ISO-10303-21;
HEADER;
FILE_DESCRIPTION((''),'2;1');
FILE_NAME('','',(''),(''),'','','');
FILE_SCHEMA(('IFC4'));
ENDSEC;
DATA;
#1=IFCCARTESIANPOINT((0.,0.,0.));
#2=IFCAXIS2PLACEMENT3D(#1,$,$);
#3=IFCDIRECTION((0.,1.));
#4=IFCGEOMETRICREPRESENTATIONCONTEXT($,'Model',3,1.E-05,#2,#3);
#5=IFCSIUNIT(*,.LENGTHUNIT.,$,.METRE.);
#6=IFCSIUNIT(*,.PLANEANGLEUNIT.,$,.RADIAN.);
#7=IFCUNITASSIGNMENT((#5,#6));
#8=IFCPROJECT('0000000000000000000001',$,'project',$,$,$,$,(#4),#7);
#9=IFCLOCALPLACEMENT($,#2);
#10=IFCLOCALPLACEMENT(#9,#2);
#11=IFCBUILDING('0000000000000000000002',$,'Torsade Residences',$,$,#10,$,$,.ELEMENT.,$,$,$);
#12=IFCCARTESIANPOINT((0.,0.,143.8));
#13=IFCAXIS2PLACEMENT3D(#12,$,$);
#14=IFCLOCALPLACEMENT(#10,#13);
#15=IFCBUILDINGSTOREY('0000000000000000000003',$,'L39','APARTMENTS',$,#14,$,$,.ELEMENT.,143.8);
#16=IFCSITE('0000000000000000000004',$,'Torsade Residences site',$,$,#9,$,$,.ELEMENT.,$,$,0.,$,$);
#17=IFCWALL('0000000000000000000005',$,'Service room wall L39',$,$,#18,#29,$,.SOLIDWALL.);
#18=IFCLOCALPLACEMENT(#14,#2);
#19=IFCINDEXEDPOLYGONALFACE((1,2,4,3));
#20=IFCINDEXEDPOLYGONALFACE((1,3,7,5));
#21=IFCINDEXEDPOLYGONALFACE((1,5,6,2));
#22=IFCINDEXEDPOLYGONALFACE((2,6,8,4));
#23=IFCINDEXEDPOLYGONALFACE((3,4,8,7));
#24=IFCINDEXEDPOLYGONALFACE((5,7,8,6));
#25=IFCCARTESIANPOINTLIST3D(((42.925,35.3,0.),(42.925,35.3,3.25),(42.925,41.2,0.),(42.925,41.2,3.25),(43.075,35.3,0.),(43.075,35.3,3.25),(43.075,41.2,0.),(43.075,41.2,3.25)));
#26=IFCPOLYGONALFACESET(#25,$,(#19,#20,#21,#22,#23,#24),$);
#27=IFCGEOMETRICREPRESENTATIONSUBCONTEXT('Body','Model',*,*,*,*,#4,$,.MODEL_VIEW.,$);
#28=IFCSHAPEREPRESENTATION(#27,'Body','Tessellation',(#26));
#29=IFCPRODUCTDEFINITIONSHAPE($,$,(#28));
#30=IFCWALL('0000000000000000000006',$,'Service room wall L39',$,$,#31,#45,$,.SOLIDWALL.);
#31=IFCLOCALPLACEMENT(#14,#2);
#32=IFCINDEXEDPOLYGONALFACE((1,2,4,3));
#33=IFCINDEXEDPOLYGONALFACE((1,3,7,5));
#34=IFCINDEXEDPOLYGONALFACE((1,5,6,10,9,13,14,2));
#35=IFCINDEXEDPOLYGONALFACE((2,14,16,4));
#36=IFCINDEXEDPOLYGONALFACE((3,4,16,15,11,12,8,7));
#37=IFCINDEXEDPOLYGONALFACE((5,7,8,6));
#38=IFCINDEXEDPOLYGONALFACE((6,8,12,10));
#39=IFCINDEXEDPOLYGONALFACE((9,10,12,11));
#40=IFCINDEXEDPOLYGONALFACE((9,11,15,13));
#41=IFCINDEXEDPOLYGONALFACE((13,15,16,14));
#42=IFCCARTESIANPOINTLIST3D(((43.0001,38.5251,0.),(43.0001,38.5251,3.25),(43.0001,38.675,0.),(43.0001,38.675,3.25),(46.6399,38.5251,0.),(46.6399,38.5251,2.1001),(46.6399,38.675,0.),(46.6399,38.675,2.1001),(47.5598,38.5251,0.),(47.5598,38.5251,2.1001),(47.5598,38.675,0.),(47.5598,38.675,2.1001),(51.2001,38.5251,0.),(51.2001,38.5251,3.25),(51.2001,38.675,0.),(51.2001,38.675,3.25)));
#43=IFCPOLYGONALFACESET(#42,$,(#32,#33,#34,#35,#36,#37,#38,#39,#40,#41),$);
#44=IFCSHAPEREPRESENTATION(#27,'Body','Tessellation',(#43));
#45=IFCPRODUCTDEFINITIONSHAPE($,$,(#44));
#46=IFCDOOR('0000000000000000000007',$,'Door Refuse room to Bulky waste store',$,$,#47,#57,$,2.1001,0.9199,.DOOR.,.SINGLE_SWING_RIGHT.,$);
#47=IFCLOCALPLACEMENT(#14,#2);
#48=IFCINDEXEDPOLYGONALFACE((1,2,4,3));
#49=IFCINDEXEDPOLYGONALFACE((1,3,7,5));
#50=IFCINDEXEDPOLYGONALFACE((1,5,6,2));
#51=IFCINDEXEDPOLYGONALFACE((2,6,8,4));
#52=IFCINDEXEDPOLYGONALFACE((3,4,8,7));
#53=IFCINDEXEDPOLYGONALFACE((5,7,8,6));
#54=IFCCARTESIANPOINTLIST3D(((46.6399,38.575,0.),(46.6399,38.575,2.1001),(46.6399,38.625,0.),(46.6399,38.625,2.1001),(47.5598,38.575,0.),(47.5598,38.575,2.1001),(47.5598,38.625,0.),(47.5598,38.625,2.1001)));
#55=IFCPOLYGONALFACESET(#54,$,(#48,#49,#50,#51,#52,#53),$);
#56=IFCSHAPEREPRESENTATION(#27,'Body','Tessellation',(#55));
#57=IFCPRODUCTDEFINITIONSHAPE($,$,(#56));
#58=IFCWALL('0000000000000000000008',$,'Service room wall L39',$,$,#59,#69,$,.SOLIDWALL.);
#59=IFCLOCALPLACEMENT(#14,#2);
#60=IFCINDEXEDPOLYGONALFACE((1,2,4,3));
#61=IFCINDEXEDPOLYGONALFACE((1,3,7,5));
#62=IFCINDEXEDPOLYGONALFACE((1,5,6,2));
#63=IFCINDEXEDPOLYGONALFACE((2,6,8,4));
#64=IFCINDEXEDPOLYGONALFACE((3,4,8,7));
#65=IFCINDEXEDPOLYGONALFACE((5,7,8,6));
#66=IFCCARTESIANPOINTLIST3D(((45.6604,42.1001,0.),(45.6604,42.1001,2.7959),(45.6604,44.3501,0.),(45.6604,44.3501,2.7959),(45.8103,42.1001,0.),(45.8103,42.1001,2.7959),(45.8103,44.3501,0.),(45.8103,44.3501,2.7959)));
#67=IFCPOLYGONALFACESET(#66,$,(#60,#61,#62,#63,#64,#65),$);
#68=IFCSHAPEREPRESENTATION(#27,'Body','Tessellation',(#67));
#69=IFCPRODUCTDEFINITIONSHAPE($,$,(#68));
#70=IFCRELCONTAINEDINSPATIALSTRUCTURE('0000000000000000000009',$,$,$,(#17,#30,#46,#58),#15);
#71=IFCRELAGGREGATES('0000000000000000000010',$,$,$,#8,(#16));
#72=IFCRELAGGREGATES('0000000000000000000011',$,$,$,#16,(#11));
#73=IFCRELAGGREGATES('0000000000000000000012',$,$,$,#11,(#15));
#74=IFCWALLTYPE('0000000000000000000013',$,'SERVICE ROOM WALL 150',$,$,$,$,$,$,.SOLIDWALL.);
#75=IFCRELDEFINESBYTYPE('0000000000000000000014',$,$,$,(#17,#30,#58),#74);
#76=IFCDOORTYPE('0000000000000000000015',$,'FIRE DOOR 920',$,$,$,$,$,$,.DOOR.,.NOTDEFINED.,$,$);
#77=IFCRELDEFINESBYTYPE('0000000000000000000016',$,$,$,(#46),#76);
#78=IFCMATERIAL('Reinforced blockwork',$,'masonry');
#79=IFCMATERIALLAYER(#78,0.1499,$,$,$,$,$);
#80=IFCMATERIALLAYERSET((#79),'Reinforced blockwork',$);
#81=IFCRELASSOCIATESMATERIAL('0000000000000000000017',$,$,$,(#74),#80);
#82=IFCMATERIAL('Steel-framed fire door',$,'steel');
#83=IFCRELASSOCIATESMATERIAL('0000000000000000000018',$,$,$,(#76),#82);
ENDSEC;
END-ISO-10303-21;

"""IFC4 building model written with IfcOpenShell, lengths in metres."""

from ifc_helpers import new_model, si_unit, direction, frame, frame_2d, origin, place, context, subcontext, project, spatial, rectangle, extrude, material, layer, layer_set, type_object, element, fill, save


model = new_model("IFC4")

# Units and contexts
model_context = context("Model", 3, precision=1e-05, world=origin(), true_north=direction((0.0, 1.0)))
body_context = subcontext(model_context, "Body", "Model", "MODEL_VIEW")
ifc_project = project(units=[si_unit("LENGTHUNIT", "METRE"), si_unit("PLANEANGLEUNIT", "RADIAN")], contexts=[model_context])

# Site, building, storey
site_placement = place(None, origin())
site = spatial("IfcSite", under=ifc_project, at=site_placement, Name="Torsade Residences site", CompositionType="ELEMENT", RefElevation=0.0)
building_placement = place(site_placement, origin())
building = spatial("IfcBuilding", under=site, at=building_placement, Name="Torsade Residences", CompositionType="ELEMENT")
storey_placement = place(building_placement, frame((0.0, 0.0, 143.8)))
storey = spatial("IfcBuildingStorey", under=building, at=storey_placement, Name="L39", Description="APARTMENTS", CompositionType="ELEMENT", Elevation=143.8)

# Wall
ifc_material_1 = material(Name="Reinforced blockwork", Category="masonry")
ifc_layer_1 = layer(ifc_material_1, 0.1499)
ifc_layer_set_1 = layer_set([ifc_layer_1], Name="Reinforced blockwork")
wall_type_1 = type_object("IfcWallType", Name="SERVICE ROOM WALL 150", PredefinedType="SOLIDWALL", material=ifc_layer_set_1)
wall_1_placement = place(storey_placement, frame((43.0, 41.2, 0.0), z_axis=(0.0, 0.0, 1.0), x_axis=(0.0, -1.0, 0.0)))
element("IfcWall", 1, at=wall_1_placement, inside=storey, type_object=wall_type_1, Name="Service room wall L39", PredefinedType="SOLIDWALL", context=body_context, shape_type="SweptSolid", body=[
    extrude(rectangle(XDim=5.8999, YDim=0.1499, at=frame_2d((2.95, 0.0))), origin(), (0.0, 0.0, 1.0), 3.25),
])

# Wall, opening, door
wall_2_placement = place(storey_placement, frame((43.0, 38.6001, 0.0), z_axis=(0.0, 0.0, 1.0), x_axis=(1.0, 0.0, 0.0)))
wall_2 = element("IfcWall", 2, at=wall_2_placement, inside=storey, type_object=wall_type_1, Name="Service room wall L39", PredefinedType="SOLIDWALL", context=body_context, shape_type="SweptSolid", body=[
    extrude(rectangle(XDim=8.2, YDim=0.1499, at=frame_2d((4.1001, 0.0))), origin(), (0.0, 0.0, 1.0), 3.25),
])
opening_1_placement = place(wall_2_placement, frame((3.6399, 0.0, 0.0)))
opening_1 = element("IfcOpeningElement", 3, at=opening_1_placement, cuts=wall_2, PredefinedType="OPENING", context=body_context, shape_type="SweptSolid", body=[
    extrude(rectangle(XDim=0.9199, YDim=2.1001, at=frame_2d((0.46, 1.05))), frame((0.0, 0.085, 0.0), z_axis=(0.0, -1.0, 0.0), x_axis=(1.0, 0.0, 0.0)), (0.0, 0.0, 1.0), 0.1699),
])
ifc_material_2 = material(Name="Steel-framed fire door", Category="steel")
door_type_1 = type_object("IfcDoorType", Name="FIRE DOOR 920", OperationType="NOTDEFINED", PredefinedType="DOOR", material=ifc_material_2)
door_1_placement = place(opening_1_placement, origin())
door_1 = element("IfcDoor", 4, at=door_1_placement, inside=storey, type_object=door_type_1, Name="Door Refuse room to Bulky waste store", OperationType="SINGLE_SWING_RIGHT", OverallHeight=2.1001, OverallWidth=0.9199, PredefinedType="DOOR", context=body_context, shape_type="SweptSolid", body=[
    extrude(rectangle(XDim=0.9199, YDim=2.1001, at=frame_2d((0.46, 1.05))), frame((0.0, 0.0249, 0.0), z_axis=(0.0, -1.0, 0.0), x_axis=(1.0, 0.0, 0.0)), (0.0, 0.0, 1.0), 0.05),
])
fill(opening_1, door_1)

# Wall
wall_3_placement = place(storey_placement, frame((45.7354, 42.1001, 0.0), z_axis=(0.0, 0.0, 1.0), x_axis=(0.0, 1.0, 0.0)))
element("IfcWall", 5, at=wall_3_placement, inside=storey, type_object=wall_type_1, Name="Service room wall L39", PredefinedType="SOLIDWALL", context=body_context, shape_type="SweptSolid", body=[
    extrude(rectangle(XDim=2.25, YDim=0.1499, at=frame_2d((1.125, 0.0))), origin(), (0.0, 0.0, 1.0), 2.7959),
])

save(model, "model.ifc")
